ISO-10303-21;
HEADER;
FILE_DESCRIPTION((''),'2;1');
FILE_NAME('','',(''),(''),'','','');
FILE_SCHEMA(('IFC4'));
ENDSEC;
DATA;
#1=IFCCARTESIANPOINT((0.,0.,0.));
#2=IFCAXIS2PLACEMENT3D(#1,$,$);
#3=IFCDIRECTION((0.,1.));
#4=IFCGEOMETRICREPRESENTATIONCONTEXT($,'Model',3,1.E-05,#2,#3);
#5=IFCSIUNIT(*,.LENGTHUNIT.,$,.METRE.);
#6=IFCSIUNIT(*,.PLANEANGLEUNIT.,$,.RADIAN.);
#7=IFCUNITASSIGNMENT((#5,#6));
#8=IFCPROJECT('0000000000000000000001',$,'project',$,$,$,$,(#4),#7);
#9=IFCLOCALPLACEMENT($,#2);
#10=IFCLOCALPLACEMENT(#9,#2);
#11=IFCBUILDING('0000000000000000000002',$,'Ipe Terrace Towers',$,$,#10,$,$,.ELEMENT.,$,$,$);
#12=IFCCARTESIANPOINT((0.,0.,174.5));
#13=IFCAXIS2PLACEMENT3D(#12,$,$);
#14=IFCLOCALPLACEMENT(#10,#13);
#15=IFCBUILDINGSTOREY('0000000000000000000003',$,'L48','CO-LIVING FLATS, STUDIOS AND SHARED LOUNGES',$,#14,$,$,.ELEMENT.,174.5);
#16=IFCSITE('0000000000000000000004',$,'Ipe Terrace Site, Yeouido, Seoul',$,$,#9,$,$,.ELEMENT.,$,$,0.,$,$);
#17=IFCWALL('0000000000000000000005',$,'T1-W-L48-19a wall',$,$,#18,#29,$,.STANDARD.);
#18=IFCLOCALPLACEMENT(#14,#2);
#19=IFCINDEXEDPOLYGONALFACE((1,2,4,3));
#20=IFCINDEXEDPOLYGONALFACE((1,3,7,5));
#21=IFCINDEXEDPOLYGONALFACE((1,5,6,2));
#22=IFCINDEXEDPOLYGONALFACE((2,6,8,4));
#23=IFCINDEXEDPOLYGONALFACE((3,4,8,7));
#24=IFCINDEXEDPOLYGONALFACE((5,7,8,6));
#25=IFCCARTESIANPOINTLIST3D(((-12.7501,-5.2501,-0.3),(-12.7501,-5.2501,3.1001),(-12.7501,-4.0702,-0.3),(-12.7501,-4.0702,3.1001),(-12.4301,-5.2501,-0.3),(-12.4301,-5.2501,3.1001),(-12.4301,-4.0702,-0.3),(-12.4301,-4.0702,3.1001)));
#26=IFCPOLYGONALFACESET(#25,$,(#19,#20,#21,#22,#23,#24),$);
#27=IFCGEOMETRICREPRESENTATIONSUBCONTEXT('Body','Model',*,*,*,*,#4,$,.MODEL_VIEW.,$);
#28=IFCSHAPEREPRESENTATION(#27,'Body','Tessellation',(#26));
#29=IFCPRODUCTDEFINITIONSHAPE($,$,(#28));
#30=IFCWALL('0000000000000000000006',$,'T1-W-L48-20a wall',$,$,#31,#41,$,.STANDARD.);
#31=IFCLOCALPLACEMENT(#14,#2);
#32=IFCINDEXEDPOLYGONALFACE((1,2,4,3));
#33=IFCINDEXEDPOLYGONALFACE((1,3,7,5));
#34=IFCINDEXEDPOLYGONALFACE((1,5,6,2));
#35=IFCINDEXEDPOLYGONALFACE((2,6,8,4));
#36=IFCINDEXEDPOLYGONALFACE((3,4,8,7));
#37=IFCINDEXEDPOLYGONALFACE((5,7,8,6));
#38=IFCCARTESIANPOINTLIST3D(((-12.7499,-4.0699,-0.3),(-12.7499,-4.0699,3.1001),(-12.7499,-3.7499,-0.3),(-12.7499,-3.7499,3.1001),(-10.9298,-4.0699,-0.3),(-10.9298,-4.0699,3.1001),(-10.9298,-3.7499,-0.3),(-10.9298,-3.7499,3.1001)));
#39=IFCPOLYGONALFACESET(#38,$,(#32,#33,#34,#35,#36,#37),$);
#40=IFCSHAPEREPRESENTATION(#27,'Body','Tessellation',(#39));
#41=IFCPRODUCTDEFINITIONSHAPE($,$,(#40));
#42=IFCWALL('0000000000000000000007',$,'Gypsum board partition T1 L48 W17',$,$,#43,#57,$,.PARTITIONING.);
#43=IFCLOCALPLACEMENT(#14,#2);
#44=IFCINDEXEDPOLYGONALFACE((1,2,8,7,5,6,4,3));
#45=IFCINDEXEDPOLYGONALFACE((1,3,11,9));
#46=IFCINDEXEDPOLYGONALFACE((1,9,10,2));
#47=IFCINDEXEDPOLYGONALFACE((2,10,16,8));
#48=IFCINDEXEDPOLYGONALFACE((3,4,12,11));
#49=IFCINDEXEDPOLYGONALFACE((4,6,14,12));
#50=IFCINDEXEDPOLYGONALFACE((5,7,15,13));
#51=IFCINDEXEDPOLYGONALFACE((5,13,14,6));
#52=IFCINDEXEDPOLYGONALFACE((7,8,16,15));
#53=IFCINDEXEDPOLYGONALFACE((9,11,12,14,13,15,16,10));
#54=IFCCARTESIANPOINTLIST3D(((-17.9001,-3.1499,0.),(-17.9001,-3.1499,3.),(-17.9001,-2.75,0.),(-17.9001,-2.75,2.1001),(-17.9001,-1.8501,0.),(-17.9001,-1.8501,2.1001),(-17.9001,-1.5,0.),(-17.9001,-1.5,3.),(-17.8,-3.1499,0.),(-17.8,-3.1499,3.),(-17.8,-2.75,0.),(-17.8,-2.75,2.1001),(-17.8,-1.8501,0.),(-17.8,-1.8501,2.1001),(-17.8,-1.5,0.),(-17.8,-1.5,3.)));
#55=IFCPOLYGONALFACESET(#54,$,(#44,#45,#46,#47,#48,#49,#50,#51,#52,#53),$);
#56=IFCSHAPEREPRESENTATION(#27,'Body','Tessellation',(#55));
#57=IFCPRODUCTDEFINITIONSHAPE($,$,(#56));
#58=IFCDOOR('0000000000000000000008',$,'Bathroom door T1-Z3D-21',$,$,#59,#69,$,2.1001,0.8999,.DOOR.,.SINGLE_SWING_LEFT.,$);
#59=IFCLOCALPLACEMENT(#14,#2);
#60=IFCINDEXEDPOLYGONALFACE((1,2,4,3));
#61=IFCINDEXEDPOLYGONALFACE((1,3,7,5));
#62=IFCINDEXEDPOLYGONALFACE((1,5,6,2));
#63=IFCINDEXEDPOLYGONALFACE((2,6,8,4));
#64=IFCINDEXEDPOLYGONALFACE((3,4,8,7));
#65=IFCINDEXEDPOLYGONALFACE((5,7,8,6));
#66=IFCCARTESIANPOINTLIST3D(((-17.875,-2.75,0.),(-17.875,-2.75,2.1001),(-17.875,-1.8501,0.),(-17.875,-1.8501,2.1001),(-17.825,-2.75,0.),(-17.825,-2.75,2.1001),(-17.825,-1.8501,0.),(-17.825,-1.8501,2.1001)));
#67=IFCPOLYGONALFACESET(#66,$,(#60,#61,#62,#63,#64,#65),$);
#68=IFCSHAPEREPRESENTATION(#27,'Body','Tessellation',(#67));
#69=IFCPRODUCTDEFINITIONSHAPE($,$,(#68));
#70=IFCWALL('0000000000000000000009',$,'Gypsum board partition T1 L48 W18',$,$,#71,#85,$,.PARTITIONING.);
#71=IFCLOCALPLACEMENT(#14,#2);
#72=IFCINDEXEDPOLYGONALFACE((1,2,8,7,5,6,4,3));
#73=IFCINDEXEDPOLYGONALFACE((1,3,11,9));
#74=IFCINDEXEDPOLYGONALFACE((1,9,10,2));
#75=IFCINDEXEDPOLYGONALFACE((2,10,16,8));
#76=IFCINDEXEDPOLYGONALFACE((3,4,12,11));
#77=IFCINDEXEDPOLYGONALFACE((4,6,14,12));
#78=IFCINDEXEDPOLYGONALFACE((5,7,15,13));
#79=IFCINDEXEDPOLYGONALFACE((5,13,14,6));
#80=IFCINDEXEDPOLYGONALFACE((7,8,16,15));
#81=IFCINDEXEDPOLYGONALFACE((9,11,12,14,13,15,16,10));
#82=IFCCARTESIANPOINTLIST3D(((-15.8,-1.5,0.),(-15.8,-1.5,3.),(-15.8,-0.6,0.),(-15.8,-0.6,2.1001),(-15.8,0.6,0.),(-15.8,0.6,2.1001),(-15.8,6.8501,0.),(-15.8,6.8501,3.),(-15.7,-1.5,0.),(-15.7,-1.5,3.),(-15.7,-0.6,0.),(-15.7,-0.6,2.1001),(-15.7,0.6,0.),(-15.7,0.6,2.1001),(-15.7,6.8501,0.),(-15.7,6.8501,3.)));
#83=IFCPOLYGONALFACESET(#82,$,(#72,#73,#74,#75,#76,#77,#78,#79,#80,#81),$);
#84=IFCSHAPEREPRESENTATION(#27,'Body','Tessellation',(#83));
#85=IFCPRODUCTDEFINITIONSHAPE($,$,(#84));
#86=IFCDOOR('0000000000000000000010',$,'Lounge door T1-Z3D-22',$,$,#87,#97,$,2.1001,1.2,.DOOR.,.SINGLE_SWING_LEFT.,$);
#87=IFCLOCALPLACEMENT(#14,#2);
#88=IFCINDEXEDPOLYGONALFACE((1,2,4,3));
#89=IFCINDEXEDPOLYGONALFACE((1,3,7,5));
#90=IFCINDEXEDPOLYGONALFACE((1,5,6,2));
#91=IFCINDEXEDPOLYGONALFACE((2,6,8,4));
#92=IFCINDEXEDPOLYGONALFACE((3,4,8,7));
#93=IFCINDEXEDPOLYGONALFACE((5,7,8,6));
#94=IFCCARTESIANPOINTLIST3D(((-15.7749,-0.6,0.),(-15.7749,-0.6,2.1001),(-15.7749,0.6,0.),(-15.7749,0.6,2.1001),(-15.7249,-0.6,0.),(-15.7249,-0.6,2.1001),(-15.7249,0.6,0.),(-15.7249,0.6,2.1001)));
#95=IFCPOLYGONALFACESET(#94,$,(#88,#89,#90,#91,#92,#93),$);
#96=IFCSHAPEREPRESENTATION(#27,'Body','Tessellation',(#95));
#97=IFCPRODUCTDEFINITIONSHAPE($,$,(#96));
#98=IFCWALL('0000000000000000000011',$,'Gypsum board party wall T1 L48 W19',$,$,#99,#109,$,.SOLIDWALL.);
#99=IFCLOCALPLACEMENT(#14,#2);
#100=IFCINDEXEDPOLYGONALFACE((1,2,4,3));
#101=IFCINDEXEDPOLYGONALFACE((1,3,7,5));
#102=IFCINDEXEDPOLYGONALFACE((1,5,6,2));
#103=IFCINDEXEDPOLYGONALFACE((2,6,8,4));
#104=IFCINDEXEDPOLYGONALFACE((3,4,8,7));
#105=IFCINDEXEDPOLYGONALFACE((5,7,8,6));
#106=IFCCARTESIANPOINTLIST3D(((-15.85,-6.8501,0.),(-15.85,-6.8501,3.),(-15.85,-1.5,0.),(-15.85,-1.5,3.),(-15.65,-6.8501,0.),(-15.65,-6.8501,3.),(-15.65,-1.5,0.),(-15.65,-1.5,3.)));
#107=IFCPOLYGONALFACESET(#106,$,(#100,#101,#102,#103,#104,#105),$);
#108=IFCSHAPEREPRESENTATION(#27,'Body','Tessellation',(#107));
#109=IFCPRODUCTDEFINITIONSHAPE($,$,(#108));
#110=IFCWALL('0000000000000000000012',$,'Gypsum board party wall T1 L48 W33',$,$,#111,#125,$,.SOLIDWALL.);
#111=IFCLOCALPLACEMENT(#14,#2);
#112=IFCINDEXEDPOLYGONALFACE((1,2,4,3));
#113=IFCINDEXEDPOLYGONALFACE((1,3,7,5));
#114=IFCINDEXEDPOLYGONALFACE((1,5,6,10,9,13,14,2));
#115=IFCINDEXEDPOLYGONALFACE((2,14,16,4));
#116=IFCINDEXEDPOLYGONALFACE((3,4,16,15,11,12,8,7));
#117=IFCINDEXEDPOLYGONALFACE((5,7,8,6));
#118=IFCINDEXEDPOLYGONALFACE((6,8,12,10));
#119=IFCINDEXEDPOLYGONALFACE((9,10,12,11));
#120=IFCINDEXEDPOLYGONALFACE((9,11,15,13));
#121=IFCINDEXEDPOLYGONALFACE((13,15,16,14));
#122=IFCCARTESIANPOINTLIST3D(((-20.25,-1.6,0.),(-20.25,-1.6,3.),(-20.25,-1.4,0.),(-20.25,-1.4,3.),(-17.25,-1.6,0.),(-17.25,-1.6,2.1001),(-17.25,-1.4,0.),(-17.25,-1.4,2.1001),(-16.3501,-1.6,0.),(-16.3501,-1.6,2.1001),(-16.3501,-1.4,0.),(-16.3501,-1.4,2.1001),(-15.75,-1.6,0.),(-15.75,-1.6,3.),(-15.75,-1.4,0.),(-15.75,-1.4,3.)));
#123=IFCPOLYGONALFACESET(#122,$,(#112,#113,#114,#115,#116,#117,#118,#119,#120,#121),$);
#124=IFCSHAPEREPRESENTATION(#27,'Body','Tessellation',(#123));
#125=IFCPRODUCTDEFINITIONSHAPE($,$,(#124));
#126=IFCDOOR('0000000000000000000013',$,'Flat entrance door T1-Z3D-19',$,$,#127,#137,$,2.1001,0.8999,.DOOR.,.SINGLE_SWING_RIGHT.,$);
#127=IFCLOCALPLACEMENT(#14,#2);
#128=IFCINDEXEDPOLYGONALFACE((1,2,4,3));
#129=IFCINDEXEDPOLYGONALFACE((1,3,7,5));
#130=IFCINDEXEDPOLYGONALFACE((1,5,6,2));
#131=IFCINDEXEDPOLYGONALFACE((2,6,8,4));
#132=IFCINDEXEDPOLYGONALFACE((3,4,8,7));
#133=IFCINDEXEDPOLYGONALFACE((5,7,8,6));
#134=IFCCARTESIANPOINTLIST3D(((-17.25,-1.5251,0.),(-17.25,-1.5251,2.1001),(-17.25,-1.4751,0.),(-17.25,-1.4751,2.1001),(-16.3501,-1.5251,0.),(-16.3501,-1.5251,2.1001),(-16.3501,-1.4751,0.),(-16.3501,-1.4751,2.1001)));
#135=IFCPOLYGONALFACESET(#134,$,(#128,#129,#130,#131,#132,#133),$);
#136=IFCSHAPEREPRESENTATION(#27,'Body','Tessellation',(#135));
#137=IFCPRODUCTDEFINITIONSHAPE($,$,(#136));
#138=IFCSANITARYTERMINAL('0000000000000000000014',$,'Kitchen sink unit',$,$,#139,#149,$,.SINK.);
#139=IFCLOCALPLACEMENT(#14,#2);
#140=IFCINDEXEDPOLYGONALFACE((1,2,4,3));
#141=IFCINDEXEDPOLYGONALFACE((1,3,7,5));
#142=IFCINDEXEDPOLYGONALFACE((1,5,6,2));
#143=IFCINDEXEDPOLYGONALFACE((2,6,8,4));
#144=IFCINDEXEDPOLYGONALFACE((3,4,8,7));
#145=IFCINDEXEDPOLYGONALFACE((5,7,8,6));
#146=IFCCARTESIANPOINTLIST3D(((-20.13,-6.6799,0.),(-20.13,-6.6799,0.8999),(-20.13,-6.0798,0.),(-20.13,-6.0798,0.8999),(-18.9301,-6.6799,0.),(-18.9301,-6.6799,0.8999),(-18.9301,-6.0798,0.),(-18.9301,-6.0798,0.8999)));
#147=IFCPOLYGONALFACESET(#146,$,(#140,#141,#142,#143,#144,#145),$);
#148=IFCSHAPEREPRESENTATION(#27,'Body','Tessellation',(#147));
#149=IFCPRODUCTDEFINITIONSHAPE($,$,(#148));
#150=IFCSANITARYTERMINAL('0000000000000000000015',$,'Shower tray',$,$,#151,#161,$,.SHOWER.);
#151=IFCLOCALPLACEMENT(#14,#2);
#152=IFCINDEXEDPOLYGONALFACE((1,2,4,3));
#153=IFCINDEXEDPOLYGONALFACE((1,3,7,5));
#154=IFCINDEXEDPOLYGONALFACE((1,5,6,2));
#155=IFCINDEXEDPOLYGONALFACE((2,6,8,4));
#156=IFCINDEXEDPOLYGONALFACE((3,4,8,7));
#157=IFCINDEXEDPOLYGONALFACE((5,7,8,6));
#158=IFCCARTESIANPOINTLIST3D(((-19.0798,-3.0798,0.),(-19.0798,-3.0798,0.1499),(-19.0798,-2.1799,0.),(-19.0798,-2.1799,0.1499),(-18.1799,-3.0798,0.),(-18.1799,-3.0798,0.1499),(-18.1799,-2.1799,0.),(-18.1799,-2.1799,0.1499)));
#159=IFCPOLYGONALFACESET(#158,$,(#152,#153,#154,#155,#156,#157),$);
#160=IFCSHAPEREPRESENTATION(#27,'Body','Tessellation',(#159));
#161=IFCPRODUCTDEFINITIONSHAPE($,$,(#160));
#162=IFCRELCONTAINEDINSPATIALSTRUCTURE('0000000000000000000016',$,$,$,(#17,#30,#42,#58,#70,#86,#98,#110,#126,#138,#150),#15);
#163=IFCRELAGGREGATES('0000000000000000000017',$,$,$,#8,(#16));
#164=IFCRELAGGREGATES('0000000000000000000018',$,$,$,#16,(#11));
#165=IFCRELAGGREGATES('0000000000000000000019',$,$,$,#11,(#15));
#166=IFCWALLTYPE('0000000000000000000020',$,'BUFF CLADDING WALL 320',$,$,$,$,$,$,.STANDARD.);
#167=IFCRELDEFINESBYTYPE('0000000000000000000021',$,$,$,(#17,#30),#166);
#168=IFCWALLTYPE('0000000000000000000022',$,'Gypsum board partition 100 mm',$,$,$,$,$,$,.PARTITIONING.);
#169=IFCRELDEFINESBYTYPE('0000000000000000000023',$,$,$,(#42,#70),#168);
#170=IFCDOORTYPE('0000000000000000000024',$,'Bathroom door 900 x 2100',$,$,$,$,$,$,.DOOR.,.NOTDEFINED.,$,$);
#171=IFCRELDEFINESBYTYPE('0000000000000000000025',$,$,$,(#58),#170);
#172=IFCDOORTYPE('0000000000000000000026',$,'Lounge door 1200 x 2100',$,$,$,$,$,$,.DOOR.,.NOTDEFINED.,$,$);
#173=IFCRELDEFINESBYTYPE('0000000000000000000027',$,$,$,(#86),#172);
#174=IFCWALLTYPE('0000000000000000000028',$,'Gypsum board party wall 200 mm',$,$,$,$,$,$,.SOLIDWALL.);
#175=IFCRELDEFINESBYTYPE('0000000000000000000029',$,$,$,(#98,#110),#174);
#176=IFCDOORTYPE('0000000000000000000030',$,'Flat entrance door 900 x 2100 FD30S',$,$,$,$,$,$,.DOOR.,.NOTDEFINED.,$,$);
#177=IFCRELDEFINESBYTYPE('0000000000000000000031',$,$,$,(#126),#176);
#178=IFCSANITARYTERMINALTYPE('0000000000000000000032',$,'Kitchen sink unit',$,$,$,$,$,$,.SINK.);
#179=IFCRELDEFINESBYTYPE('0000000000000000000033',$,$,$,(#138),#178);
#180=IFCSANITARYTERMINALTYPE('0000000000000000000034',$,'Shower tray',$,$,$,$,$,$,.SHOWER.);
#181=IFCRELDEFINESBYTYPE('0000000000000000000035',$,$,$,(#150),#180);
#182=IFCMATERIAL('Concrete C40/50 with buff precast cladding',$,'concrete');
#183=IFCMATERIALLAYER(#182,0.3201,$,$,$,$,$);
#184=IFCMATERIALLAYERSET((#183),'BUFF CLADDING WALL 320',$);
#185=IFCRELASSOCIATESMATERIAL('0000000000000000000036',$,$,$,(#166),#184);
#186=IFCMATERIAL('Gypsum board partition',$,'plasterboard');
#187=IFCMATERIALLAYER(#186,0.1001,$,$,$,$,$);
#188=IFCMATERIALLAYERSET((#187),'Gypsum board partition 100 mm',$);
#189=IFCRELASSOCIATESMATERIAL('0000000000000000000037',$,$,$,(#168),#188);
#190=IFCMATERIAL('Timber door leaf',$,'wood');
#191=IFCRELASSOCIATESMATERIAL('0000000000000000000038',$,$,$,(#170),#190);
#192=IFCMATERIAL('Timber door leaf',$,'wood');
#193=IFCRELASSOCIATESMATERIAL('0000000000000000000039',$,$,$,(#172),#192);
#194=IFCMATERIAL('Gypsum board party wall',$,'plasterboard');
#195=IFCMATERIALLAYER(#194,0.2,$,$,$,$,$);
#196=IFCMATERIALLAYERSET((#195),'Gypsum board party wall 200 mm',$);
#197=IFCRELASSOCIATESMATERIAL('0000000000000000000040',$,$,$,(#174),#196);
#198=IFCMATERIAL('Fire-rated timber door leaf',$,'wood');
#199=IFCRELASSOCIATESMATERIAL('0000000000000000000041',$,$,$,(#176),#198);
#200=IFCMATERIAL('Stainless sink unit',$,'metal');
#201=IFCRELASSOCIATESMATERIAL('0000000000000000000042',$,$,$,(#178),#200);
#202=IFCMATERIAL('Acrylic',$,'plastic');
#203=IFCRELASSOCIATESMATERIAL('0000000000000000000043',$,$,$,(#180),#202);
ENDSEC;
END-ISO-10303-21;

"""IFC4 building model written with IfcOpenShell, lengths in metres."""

from ifc_helpers import new_model, si_unit, direction, frame, frame_2d, origin, origin_2d, place, context, subcontext, project, spatial, rectangle, extrude, material, layer, layer_set, type_object, element, fill, save


model = new_model("IFC4")

# Units and contexts
model_context = context("Model", 3, precision=1e-05, world=origin(), true_north=direction((0.0, 1.0)))
body_context = subcontext(model_context, "Body", "Model", "MODEL_VIEW")
ifc_project = project(units=[si_unit("LENGTHUNIT", "METRE"), si_unit("PLANEANGLEUNIT", "RADIAN")], contexts=[model_context])

# Site, building, storey
site_placement = place(None, origin())
site = spatial("IfcSite", under=ifc_project, at=site_placement, Name="Ipe Terrace Site, Yeouido, Seoul", CompositionType="ELEMENT", RefElevation=0.0)
building_placement = place(site_placement, origin())
building = spatial("IfcBuilding", under=site, at=building_placement, Name="Ipe Terrace Towers", CompositionType="ELEMENT")
storey_placement = place(building_placement, frame((0.0, 0.0, 174.5)))
storey = spatial("IfcBuildingStorey", under=building, at=storey_placement, Name="L48", Description="CO-LIVING FLATS, STUDIOS AND SHARED LOUNGES", CompositionType="ELEMENT", Elevation=174.5)

# Walls
ifc_material_1 = material(Name="Concrete C40/50 with buff precast cladding", Category="concrete")
ifc_layer_1 = layer(ifc_material_1, 0.3201)
ifc_layer_set_1 = layer_set([ifc_layer_1], Name="BUFF CLADDING WALL 320")
wall_type_1 = type_object("IfcWallType", Name="BUFF CLADDING WALL 320", PredefinedType="STANDARD", material=ifc_layer_set_1)
wall_1_placement = place(storey_placement, frame((-12.5901, -5.25, -0.3), z_axis=(0.0, 0.0, 1.0), x_axis=(0.0, 1.0, 0.0)))
element("IfcWall", 1, at=wall_1_placement, inside=storey, type_object=wall_type_1, Name="T1-W-L48-19a wall", PredefinedType="STANDARD", context=body_context, shape_type="SweptSolid", body=[
    extrude(rectangle(XDim=1.1799, YDim=0.3201, at=frame_2d((0.5898, 0.0))), origin(), (0.0, 0.0, 1.0), 3.4001),
])
wall_2_placement = place(storey_placement, frame((-12.75, -3.9099, -0.3), z_axis=(0.0, 0.0, 1.0), x_axis=(1.0, 0.0, 0.0)))
element("IfcWall", 2, at=wall_2_placement, inside=storey, type_object=wall_type_1, Name="T1-W-L48-20a wall", PredefinedType="STANDARD", context=body_context, shape_type="SweptSolid", body=[
    extrude(rectangle(XDim=1.8201, YDim=0.3201, at=frame_2d((0.9102, 0.0))), origin(), (0.0, 0.0, 1.0), 3.4001),
])

# Walls, openings, doors
ifc_material_2 = material(Name="Gypsum board partition", Category="plasterboard")
ifc_layer_2 = layer(ifc_material_2, 0.1001)
ifc_layer_set_2 = layer_set([ifc_layer_2], Name="Gypsum board partition 100 mm")
wall_type_2 = type_object("IfcWallType", Name="Gypsum board partition 100 mm", PredefinedType="PARTITIONING", material=ifc_layer_set_2)
wall_3_placement = place(storey_placement, frame((-17.8501, -3.1499, 0.0), z_axis=(0.0, 0.0, 1.0), x_axis=(0.0, 1.0, 0.0)))
wall_3 = element("IfcWall", 3, at=wall_3_placement, inside=storey, type_object=wall_type_2, Name="Gypsum board partition T1 L48 W17", PredefinedType="PARTITIONING", context=body_context, shape_type="SweptSolid", body=[
    extrude(rectangle(XDim=1.6499, YDim=0.1001, at=frame_2d((0.825, 0.0))), origin(), (0.0, 0.0, 1.0), 3.0),
])
opening_1_placement = place(wall_3_placement, frame((0.3999, 0.0, 0.0)))
opening_1 = element("IfcOpeningElement", 4, at=opening_1_placement, cuts=wall_3, PredefinedType="OPENING", context=body_context, shape_type="SweptSolid", body=[
    extrude(rectangle(XDim=0.8999, YDim=2.1001, at=frame_2d((0.45, 1.05))), frame((0.0, 0.0601, 0.0), z_axis=(0.0, -1.0, 0.0), x_axis=(1.0, 0.0, 0.0)), (0.0, 0.0, 1.0), 0.1201),
])
ifc_material_3 = material(Name="Timber door leaf", Category="wood")
door_type_1 = type_object("IfcDoorType", Name="Bathroom door 900 x 2100", OperationType="NOTDEFINED", PredefinedType="DOOR", material=ifc_material_3)
door_1_placement = place(opening_1_placement, origin())
door_1 = element("IfcDoor", 5, at=door_1_placement, inside=storey, type_object=door_type_1, Name="Bathroom door T1-Z3D-21", OperationType="SINGLE_SWING_LEFT", OverallHeight=2.1001, OverallWidth=0.8999, PredefinedType="DOOR", context=body_context, shape_type="SweptSolid", body=[
    extrude(rectangle(XDim=0.8999, YDim=2.1001, at=frame_2d((0.45, 1.05))), frame((0.0, 0.0249, 0.0), z_axis=(0.0, -1.0, 0.0), x_axis=(1.0, 0.0, 0.0)), (0.0, 0.0, 1.0), 0.05),
])
fill(opening_1, door_1)
wall_4_placement = place(storey_placement, frame((-15.75, -1.5, 0.0), z_axis=(0.0, 0.0, 1.0), x_axis=(0.0, 1.0, 0.0)))
wall_4 = element("IfcWall", 6, at=wall_4_placement, inside=storey, type_object=wall_type_2, Name="Gypsum board partition T1 L48 W18", PredefinedType="PARTITIONING", context=body_context, shape_type="SweptSolid", body=[
    extrude(rectangle(XDim=8.3501, YDim=0.1001, at=frame_2d((4.175, 0.0))), origin(), (0.0, 0.0, 1.0), 3.0),
])
opening_2_placement = place(wall_4_placement, frame((0.8999, 0.0, 0.0)))
opening_2 = element("IfcOpeningElement", 7, at=opening_2_placement, cuts=wall_4, PredefinedType="OPENING", context=body_context, shape_type="SweptSolid", body=[
    extrude(rectangle(XDim=1.2, YDim=2.1001, at=frame_2d((0.6001, 1.05))), frame((0.0, 0.0601, 0.0), z_axis=(0.0, -1.0, 0.0), x_axis=(1.0, 0.0, 0.0)), (0.0, 0.0, 1.0), 0.1201),
])
ifc_material_4 = material(Name="Timber door leaf", Category="wood")
door_type_2 = type_object("IfcDoorType", Name="Lounge door 1200 x 2100", OperationType="NOTDEFINED", PredefinedType="DOOR", material=ifc_material_4)
door_2_placement = place(opening_2_placement, origin())
door_2 = element("IfcDoor", 8, at=door_2_placement, inside=storey, type_object=door_type_2, Name="Lounge door T1-Z3D-22", OperationType="SINGLE_SWING_LEFT", OverallHeight=2.1001, OverallWidth=1.2, PredefinedType="DOOR", context=body_context, shape_type="SweptSolid", body=[
    extrude(rectangle(XDim=1.2, YDim=2.1001, at=frame_2d((0.6001, 1.05))), frame((0.0, 0.0249, 0.0), z_axis=(0.0, -1.0, 0.0), x_axis=(1.0, 0.0, 0.0)), (0.0, 0.0, 1.0), 0.05),
])
fill(opening_2, door_2)

# Wall
ifc_material_5 = material(Name="Gypsum board party wall", Category="plasterboard")
ifc_layer_3 = layer(ifc_material_5, 0.2)
ifc_layer_set_3 = layer_set([ifc_layer_3], Name="Gypsum board party wall 200 mm")
wall_type_3 = type_object("IfcWallType", Name="Gypsum board party wall 200 mm", PredefinedType="SOLIDWALL", material=ifc_layer_set_3)
wall_5_placement = place(storey_placement, frame((-15.75, -6.8501, 0.0), z_axis=(0.0, 0.0, 1.0), x_axis=(0.0, 1.0, 0.0)))
element("IfcWall", 9, at=wall_5_placement, inside=storey, type_object=wall_type_3, Name="Gypsum board party wall T1 L48 W19", PredefinedType="SOLIDWALL", context=body_context, shape_type="SweptSolid", body=[
    extrude(rectangle(XDim=5.3501, YDim=0.2, at=frame_2d((2.675, 0.0))), origin(), (0.0, 0.0, 1.0), 3.0),
])

# Wall, opening, door
wall_6_placement = place(storey_placement, frame((-20.25, -1.5, 0.0), z_axis=(0.0, 0.0, 1.0), x_axis=(1.0, 0.0, 0.0)))
wall_6 = element("IfcWall", 10, at=wall_6_placement, inside=storey, type_object=wall_type_3, Name="Gypsum board party wall T1 L48 W33", PredefinedType="SOLIDWALL", context=body_context, shape_type="SweptSolid", body=[
    extrude(rectangle(XDim=4.5, YDim=0.2, at=frame_2d((2.25, 0.0))), origin(), (0.0, 0.0, 1.0), 3.0),
])
opening_3_placement = place(wall_6_placement, frame((3.0, 0.0, 0.0)))
opening_3 = element("IfcOpeningElement", 11, at=opening_3_placement, cuts=wall_6, PredefinedType="OPENING", context=body_context, shape_type="SweptSolid", body=[
    extrude(rectangle(XDim=0.8999, YDim=2.1001, at=frame_2d((0.45, 1.05))), frame((0.0, 0.1099, 0.0), z_axis=(0.0, -1.0, 0.0), x_axis=(1.0, 0.0, 0.0)), (0.0, 0.0, 1.0), 0.22),
])
ifc_material_6 = material(Name="Fire-rated timber door leaf", Category="wood")
door_type_3 = type_object("IfcDoorType", Name="Flat entrance door 900 x 2100 FD30S", OperationType="NOTDEFINED", PredefinedType="DOOR", material=ifc_material_6)
door_3_placement = place(opening_3_placement, origin())
door_3 = element("IfcDoor", 12, at=door_3_placement, inside=storey, type_object=door_type_3, Name="Flat entrance door T1-Z3D-19", OperationType="SINGLE_SWING_RIGHT", OverallHeight=2.1001, OverallWidth=0.8999, PredefinedType="DOOR", context=body_context, shape_type="SweptSolid", body=[
    extrude(rectangle(XDim=0.8999, YDim=2.1001, at=frame_2d((0.45, 1.05))), frame((0.0, 0.0249, 0.0), z_axis=(0.0, -1.0, 0.0), x_axis=(1.0, 0.0, 0.0)), (0.0, 0.0, 1.0), 0.05),
])
fill(opening_3, door_3)

# Sanitary terminals
ifc_material_7 = material(Name="Stainless sink unit", Category="metal")
sanitary_terminal_type_1 = type_object("IfcSanitaryTerminalType", Name="Kitchen sink unit", PredefinedType="SINK", material=ifc_material_7)
sanitary_terminal_1_placement = place(storey_placement, frame((-19.53, -6.3799, 0.0), z_axis=(0.0, 0.0, 1.0), x_axis=(-1.0, 0.0, 0.0)))
element("IfcSanitaryTerminal", 13, at=sanitary_terminal_1_placement, inside=storey, type_object=sanitary_terminal_type_1, Name="Kitchen sink unit", PredefinedType="SINK", context=body_context, shape_type="SweptSolid", body=[
    extrude(rectangle(XDim=1.2, YDim=0.6001, at=origin_2d()), origin(), (0.0, 0.0, 1.0), 0.8999),
])
ifc_material_8 = material(Name="Acrylic", Category="plastic")
sanitary_terminal_type_2 = type_object("IfcSanitaryTerminalType", Name="Shower tray", PredefinedType="SHOWER", material=ifc_material_8)
sanitary_terminal_2_placement = place(storey_placement, frame((-18.6299, -2.6299, 0.0), z_axis=(0.0, 0.0, 1.0), x_axis=(0.0, 1.0, 0.0)))
element("IfcSanitaryTerminal", 14, at=sanitary_terminal_2_placement, inside=storey, type_object=sanitary_terminal_type_2, Name="Shower tray", PredefinedType="SHOWER", context=body_context, shape_type="SweptSolid", body=[
    extrude(rectangle(XDim=0.8999, YDim=0.8999, at=origin_2d()), origin(), (0.0, 0.0, 1.0), 0.1499),
])

save(model, "model.ifc")
